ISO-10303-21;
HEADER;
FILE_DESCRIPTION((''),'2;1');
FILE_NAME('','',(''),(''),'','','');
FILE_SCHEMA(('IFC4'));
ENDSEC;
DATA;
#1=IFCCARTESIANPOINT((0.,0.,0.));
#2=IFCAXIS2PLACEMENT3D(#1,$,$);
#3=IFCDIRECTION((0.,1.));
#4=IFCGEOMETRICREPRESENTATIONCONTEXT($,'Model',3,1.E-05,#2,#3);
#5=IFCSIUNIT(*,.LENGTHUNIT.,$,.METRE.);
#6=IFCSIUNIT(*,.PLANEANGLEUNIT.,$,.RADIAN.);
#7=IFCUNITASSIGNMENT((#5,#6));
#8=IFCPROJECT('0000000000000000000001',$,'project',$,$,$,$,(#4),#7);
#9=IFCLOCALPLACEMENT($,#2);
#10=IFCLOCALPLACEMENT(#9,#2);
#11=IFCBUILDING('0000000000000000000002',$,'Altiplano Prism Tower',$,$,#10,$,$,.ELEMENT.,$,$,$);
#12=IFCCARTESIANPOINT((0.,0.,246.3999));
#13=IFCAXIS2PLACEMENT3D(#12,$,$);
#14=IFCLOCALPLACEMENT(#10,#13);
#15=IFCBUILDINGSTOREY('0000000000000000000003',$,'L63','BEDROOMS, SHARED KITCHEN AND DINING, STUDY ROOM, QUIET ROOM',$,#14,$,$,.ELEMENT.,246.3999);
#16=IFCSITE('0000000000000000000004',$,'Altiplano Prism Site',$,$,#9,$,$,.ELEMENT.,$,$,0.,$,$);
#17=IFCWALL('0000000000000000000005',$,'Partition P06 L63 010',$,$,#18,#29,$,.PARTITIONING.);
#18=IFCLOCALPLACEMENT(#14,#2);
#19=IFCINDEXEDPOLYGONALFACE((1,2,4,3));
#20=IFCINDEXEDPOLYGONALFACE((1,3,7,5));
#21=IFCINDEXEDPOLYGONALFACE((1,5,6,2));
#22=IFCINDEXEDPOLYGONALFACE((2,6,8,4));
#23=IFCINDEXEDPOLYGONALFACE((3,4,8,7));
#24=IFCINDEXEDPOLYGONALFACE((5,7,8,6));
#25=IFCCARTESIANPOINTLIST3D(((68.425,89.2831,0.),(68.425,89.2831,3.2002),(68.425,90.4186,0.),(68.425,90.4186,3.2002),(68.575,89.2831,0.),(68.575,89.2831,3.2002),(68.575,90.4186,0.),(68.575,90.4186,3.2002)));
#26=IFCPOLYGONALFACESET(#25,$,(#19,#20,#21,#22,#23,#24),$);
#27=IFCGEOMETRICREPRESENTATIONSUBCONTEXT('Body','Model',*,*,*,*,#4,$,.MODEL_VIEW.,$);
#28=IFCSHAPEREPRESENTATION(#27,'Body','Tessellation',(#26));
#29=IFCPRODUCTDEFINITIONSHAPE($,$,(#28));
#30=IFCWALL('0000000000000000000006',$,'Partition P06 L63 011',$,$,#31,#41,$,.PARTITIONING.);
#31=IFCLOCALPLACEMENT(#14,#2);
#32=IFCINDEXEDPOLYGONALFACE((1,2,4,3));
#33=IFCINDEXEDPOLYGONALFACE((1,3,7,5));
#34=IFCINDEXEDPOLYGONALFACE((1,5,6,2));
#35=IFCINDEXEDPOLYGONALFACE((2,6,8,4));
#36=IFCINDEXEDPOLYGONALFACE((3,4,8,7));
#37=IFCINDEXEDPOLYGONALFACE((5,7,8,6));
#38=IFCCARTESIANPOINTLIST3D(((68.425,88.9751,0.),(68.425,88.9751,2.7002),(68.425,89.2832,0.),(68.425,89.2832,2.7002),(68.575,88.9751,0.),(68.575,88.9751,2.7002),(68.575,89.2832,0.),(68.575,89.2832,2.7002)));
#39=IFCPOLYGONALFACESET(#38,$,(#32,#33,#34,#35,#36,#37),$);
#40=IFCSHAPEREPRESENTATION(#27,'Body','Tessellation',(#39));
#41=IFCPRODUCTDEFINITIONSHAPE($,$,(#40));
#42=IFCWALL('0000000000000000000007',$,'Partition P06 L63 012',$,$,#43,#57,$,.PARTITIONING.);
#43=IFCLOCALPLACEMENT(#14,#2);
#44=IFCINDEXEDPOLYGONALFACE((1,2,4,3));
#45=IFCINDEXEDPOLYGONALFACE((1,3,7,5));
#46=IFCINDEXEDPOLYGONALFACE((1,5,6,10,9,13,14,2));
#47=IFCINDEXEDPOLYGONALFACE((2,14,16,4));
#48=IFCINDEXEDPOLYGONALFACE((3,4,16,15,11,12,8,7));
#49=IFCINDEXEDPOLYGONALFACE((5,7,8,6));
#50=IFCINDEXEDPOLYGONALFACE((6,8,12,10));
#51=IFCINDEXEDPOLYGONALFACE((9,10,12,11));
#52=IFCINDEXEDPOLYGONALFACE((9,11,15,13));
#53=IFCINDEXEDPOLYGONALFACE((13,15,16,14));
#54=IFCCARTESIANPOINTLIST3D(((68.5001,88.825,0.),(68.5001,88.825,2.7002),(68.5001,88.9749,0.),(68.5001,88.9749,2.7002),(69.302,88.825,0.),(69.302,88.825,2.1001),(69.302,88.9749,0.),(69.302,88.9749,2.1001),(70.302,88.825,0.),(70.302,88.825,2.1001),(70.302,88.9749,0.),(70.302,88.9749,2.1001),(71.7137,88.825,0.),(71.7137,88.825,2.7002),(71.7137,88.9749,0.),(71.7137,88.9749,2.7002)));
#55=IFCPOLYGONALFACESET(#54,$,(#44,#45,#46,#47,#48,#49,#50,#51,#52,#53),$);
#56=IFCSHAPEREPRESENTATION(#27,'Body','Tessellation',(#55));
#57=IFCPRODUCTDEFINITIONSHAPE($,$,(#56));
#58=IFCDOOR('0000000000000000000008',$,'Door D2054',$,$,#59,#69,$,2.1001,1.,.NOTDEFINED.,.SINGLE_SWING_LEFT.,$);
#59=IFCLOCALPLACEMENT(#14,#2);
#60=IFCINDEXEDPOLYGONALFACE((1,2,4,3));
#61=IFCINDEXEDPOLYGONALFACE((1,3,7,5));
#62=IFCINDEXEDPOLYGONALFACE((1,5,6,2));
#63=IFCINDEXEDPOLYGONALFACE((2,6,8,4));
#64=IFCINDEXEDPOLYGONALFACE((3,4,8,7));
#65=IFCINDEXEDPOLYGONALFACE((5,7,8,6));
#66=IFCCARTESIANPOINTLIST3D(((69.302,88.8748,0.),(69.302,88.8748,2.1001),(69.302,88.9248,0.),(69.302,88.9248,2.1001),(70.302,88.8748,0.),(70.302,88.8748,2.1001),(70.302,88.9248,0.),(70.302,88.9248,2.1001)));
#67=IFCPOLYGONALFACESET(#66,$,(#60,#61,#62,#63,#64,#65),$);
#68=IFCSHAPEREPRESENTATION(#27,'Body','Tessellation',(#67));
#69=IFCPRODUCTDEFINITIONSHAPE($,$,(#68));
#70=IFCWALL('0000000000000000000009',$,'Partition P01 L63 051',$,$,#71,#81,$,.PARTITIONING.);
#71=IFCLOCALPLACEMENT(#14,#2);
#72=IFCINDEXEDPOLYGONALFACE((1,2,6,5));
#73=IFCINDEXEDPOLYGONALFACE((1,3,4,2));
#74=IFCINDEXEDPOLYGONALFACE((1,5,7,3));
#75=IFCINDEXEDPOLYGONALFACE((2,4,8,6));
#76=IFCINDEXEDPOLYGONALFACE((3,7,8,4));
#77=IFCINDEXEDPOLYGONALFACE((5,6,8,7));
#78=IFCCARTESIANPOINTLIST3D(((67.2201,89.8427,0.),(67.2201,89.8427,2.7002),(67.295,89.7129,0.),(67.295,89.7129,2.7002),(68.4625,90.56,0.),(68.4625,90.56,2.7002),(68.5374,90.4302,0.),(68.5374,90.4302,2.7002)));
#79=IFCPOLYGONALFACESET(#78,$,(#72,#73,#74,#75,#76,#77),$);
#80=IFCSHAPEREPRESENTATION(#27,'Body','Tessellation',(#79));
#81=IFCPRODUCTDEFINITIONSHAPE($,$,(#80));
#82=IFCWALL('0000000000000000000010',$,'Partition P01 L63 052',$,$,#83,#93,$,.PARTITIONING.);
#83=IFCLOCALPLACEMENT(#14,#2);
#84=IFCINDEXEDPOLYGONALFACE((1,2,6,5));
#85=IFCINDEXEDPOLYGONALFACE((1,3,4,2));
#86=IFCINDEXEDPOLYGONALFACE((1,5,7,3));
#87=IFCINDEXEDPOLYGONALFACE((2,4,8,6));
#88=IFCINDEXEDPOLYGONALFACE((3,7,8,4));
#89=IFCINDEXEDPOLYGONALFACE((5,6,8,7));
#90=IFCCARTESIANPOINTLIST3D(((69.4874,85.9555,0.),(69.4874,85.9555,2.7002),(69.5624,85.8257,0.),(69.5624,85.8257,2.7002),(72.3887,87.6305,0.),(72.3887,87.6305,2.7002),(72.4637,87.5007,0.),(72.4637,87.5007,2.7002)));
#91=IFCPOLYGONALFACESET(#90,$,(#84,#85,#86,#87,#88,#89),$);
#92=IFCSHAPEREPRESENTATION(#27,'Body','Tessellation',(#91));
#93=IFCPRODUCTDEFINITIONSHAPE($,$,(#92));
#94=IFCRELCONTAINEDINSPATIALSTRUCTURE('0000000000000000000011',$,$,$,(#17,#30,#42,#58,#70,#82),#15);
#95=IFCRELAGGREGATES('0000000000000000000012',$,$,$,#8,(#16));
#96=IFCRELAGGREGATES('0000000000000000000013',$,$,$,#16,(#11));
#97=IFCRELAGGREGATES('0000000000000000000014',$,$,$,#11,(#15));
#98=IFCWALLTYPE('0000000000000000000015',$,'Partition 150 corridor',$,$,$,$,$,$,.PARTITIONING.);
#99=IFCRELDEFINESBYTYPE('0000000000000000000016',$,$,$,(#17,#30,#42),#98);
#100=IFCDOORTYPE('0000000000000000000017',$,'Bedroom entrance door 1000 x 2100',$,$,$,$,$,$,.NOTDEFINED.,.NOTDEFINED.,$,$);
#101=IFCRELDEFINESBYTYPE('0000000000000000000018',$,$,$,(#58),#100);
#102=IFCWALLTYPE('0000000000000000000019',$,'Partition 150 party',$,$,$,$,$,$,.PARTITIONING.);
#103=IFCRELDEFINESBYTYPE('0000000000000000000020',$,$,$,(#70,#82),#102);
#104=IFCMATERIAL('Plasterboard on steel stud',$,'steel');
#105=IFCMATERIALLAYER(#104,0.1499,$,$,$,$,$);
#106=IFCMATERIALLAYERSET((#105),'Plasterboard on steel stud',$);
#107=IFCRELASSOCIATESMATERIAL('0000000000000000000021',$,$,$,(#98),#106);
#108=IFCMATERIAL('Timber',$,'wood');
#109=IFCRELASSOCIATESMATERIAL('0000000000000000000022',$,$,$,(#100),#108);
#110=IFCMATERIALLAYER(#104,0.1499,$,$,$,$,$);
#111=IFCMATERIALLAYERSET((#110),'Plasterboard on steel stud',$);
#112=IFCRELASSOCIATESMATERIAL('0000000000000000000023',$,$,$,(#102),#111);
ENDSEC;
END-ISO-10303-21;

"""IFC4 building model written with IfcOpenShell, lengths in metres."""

from ifc_helpers import new_model, si_unit, direction, frame, frame_2d, origin, place, context, subcontext, project, spatial, rectangle, extrude, material, layer, layer_set, type_object, element, fill, save


model = new_model("IFC4")

# Units and contexts
model_context = context("Model", 3, precision=1e-05, world=origin(), true_north=direction((0.0, 1.0)))
body_context = subcontext(model_context, "Body", "Model", "MODEL_VIEW")
ifc_project = project(units=[si_unit("LENGTHUNIT", "METRE"), si_unit("PLANEANGLEUNIT", "RADIAN")], contexts=[model_context])

# Site, building, storey
site_placement = place(None, origin())
site = spatial("IfcSite", under=ifc_project, at=site_placement, Name="Altiplano Prism Site", CompositionType="ELEMENT", RefElevation=0.0)
building_placement = place(site_placement, origin())
building = spatial("IfcBuilding", under=site, at=building_placement, Name="Altiplano Prism Tower", CompositionType="ELEMENT")
storey_placement = place(building_placement, frame((0.0, 0.0, 246.3999)))
storey = spatial("IfcBuildingStorey", under=building, at=storey_placement, Name="L63", Description="BEDROOMS, SHARED KITCHEN AND DINING, STUDY ROOM, QUIET ROOM", CompositionType="ELEMENT", Elevation=246.3999)

# Shared definitions
ifc_material_1 = material(Name="Plasterboard on steel stud", Category="steel")
ifc_material_2 = material(Name="Timber", Category="wood")

# Walls
ifc_layer_1 = layer(ifc_material_1, 0.1499)
ifc_layer_set_1 = layer_set([ifc_layer_1], Name="Plasterboard on steel stud")
wall_type_1 = type_object("IfcWallType", Name="Partition 150 corridor", PredefinedType="PARTITIONING", material=ifc_layer_set_1)
wall_1_placement = place(storey_placement, frame((68.5, 90.4187, 0.0), z_axis=(0.0, 0.0, 1.0), x_axis=(0.0, -1.0, 0.0)))
element("IfcWall", 1, at=wall_1_placement, inside=storey, type_object=wall_type_1, Name="Partition P06 L63 010", PredefinedType="PARTITIONING", context=body_context, shape_type="SweptSolid", body=[
    extrude(rectangle(XDim=1.1355, YDim=0.1499, at=frame_2d((0.5679, 0.0))), origin(), (0.0, 0.0, 1.0), 3.2002),
])
wall_2_placement = place(storey_placement, frame((68.5, 89.2832, 0.0), z_axis=(0.0, 0.0, 1.0), x_axis=(0.0, -1.0, 0.0)))
element("IfcWall", 2, at=wall_2_placement, inside=storey, type_object=wall_type_1, Name="Partition P06 L63 011", PredefinedType="PARTITIONING", context=body_context, shape_type="SweptSolid", body=[
    extrude(rectangle(XDim=0.3081, YDim=0.1499, at=frame_2d((0.1541, 0.0))), origin(), (0.0, 0.0, 1.0), 2.7002),
])

# Wall, opening, door
wall_3_placement = place(storey_placement, frame((68.5, 88.8999, 0.0), z_axis=(0.0, 0.0, 1.0), x_axis=(1.0, 0.0, 0.0)))
wall_3 = element("IfcWall", 3, at=wall_3_placement, inside=storey, type_object=wall_type_1, Name="Partition P06 L63 012", PredefinedType="PARTITIONING", context=body_context, shape_type="SweptSolid", body=[
    extrude(rectangle(XDim=3.2136, YDim=0.1499, at=frame_2d((1.6069, 0.0))), origin(), (0.0, 0.0, 1.0), 2.7002),
])
opening_1_placement = place(wall_3_placement, frame((0.802, 0.0, 0.0)))
opening_1 = element("IfcOpeningElement", 4, at=opening_1_placement, cuts=wall_3, PredefinedType="OPENING", context=body_context, shape_type="SweptSolid", body=[
    extrude(rectangle(XDim=1.0, YDim=2.1001, at=frame_2d((0.5, 1.05))), frame((0.0, 0.0854, 0.0), z_axis=(0.0, -1.0, 0.0), x_axis=(1.0, 0.0, 0.0)), (0.0, 0.0, 1.0), 0.1709),
])
door_type_1 = type_object("IfcDoorType", Name="Bedroom entrance door 1000 x 2100", OperationType="NOTDEFINED", PredefinedType="NOTDEFINED", material=ifc_material_2)
door_1_placement = place(opening_1_placement, origin())
door_1 = element("IfcDoor", 5, at=door_1_placement, inside=storey, type_object=door_type_1, Name="Door D2054", OperationType="SINGLE_SWING_LEFT", OverallHeight=2.1001, OverallWidth=1.0, PredefinedType="NOTDEFINED", context=body_context, shape_type="SweptSolid", body=[
    extrude(rectangle(XDim=1.0, YDim=2.1001, at=frame_2d((0.5, 1.05))), frame((0.0, 0.0249, 0.0), z_axis=(0.0, -1.0, 0.0), x_axis=(1.0, 0.0, 0.0)), (0.0, 0.0, 1.0), 0.05),
])
fill(opening_1, door_1)

# Walls
ifc_layer_2 = layer(ifc_material_1, 0.1499)
ifc_layer_set_2 = layer_set([ifc_layer_2], Name="Plasterboard on steel stud")
wall_type_2 = type_object("IfcWallType", Name="Partition 150 party", PredefinedType="PARTITIONING", material=ifc_layer_set_2)
wall_4_placement = place(storey_placement, frame((67.2576, 89.7778, 0.0), z_axis=(0.0, 0.0, 1.0), x_axis=(0.866035, 0.499983, 0.0)))
element("IfcWall", 6, at=wall_4_placement, inside=storey, type_object=wall_type_2, Name="Partition P01 L63 051", PredefinedType="PARTITIONING", context=body_context, shape_type="SweptSolid", body=[
    extrude(rectangle(XDim=1.4346, YDim=0.1499, at=frame_2d((0.7173, 0.0))), origin(), (0.0, 0.0, 1.0), 2.7002),
])
wall_5_placement = place(storey_placement, frame((69.5249, 85.8906, 0.0), z_axis=(0.0, 0.0, 1.0), x_axis=(0.866033, 0.499987, 0.0)))
element("IfcWall", 7, at=wall_5_placement, inside=storey, type_object=wall_type_2, Name="Partition P01 L63 052", PredefinedType="PARTITIONING", context=body_context, shape_type="SweptSolid", body=[
    extrude(rectangle(XDim=3.3501, YDim=0.1499, at=frame_2d((1.675, 0.0))), origin(), (0.0, 0.0, 1.0), 2.7002),
])

save(model, "model.ifc")
